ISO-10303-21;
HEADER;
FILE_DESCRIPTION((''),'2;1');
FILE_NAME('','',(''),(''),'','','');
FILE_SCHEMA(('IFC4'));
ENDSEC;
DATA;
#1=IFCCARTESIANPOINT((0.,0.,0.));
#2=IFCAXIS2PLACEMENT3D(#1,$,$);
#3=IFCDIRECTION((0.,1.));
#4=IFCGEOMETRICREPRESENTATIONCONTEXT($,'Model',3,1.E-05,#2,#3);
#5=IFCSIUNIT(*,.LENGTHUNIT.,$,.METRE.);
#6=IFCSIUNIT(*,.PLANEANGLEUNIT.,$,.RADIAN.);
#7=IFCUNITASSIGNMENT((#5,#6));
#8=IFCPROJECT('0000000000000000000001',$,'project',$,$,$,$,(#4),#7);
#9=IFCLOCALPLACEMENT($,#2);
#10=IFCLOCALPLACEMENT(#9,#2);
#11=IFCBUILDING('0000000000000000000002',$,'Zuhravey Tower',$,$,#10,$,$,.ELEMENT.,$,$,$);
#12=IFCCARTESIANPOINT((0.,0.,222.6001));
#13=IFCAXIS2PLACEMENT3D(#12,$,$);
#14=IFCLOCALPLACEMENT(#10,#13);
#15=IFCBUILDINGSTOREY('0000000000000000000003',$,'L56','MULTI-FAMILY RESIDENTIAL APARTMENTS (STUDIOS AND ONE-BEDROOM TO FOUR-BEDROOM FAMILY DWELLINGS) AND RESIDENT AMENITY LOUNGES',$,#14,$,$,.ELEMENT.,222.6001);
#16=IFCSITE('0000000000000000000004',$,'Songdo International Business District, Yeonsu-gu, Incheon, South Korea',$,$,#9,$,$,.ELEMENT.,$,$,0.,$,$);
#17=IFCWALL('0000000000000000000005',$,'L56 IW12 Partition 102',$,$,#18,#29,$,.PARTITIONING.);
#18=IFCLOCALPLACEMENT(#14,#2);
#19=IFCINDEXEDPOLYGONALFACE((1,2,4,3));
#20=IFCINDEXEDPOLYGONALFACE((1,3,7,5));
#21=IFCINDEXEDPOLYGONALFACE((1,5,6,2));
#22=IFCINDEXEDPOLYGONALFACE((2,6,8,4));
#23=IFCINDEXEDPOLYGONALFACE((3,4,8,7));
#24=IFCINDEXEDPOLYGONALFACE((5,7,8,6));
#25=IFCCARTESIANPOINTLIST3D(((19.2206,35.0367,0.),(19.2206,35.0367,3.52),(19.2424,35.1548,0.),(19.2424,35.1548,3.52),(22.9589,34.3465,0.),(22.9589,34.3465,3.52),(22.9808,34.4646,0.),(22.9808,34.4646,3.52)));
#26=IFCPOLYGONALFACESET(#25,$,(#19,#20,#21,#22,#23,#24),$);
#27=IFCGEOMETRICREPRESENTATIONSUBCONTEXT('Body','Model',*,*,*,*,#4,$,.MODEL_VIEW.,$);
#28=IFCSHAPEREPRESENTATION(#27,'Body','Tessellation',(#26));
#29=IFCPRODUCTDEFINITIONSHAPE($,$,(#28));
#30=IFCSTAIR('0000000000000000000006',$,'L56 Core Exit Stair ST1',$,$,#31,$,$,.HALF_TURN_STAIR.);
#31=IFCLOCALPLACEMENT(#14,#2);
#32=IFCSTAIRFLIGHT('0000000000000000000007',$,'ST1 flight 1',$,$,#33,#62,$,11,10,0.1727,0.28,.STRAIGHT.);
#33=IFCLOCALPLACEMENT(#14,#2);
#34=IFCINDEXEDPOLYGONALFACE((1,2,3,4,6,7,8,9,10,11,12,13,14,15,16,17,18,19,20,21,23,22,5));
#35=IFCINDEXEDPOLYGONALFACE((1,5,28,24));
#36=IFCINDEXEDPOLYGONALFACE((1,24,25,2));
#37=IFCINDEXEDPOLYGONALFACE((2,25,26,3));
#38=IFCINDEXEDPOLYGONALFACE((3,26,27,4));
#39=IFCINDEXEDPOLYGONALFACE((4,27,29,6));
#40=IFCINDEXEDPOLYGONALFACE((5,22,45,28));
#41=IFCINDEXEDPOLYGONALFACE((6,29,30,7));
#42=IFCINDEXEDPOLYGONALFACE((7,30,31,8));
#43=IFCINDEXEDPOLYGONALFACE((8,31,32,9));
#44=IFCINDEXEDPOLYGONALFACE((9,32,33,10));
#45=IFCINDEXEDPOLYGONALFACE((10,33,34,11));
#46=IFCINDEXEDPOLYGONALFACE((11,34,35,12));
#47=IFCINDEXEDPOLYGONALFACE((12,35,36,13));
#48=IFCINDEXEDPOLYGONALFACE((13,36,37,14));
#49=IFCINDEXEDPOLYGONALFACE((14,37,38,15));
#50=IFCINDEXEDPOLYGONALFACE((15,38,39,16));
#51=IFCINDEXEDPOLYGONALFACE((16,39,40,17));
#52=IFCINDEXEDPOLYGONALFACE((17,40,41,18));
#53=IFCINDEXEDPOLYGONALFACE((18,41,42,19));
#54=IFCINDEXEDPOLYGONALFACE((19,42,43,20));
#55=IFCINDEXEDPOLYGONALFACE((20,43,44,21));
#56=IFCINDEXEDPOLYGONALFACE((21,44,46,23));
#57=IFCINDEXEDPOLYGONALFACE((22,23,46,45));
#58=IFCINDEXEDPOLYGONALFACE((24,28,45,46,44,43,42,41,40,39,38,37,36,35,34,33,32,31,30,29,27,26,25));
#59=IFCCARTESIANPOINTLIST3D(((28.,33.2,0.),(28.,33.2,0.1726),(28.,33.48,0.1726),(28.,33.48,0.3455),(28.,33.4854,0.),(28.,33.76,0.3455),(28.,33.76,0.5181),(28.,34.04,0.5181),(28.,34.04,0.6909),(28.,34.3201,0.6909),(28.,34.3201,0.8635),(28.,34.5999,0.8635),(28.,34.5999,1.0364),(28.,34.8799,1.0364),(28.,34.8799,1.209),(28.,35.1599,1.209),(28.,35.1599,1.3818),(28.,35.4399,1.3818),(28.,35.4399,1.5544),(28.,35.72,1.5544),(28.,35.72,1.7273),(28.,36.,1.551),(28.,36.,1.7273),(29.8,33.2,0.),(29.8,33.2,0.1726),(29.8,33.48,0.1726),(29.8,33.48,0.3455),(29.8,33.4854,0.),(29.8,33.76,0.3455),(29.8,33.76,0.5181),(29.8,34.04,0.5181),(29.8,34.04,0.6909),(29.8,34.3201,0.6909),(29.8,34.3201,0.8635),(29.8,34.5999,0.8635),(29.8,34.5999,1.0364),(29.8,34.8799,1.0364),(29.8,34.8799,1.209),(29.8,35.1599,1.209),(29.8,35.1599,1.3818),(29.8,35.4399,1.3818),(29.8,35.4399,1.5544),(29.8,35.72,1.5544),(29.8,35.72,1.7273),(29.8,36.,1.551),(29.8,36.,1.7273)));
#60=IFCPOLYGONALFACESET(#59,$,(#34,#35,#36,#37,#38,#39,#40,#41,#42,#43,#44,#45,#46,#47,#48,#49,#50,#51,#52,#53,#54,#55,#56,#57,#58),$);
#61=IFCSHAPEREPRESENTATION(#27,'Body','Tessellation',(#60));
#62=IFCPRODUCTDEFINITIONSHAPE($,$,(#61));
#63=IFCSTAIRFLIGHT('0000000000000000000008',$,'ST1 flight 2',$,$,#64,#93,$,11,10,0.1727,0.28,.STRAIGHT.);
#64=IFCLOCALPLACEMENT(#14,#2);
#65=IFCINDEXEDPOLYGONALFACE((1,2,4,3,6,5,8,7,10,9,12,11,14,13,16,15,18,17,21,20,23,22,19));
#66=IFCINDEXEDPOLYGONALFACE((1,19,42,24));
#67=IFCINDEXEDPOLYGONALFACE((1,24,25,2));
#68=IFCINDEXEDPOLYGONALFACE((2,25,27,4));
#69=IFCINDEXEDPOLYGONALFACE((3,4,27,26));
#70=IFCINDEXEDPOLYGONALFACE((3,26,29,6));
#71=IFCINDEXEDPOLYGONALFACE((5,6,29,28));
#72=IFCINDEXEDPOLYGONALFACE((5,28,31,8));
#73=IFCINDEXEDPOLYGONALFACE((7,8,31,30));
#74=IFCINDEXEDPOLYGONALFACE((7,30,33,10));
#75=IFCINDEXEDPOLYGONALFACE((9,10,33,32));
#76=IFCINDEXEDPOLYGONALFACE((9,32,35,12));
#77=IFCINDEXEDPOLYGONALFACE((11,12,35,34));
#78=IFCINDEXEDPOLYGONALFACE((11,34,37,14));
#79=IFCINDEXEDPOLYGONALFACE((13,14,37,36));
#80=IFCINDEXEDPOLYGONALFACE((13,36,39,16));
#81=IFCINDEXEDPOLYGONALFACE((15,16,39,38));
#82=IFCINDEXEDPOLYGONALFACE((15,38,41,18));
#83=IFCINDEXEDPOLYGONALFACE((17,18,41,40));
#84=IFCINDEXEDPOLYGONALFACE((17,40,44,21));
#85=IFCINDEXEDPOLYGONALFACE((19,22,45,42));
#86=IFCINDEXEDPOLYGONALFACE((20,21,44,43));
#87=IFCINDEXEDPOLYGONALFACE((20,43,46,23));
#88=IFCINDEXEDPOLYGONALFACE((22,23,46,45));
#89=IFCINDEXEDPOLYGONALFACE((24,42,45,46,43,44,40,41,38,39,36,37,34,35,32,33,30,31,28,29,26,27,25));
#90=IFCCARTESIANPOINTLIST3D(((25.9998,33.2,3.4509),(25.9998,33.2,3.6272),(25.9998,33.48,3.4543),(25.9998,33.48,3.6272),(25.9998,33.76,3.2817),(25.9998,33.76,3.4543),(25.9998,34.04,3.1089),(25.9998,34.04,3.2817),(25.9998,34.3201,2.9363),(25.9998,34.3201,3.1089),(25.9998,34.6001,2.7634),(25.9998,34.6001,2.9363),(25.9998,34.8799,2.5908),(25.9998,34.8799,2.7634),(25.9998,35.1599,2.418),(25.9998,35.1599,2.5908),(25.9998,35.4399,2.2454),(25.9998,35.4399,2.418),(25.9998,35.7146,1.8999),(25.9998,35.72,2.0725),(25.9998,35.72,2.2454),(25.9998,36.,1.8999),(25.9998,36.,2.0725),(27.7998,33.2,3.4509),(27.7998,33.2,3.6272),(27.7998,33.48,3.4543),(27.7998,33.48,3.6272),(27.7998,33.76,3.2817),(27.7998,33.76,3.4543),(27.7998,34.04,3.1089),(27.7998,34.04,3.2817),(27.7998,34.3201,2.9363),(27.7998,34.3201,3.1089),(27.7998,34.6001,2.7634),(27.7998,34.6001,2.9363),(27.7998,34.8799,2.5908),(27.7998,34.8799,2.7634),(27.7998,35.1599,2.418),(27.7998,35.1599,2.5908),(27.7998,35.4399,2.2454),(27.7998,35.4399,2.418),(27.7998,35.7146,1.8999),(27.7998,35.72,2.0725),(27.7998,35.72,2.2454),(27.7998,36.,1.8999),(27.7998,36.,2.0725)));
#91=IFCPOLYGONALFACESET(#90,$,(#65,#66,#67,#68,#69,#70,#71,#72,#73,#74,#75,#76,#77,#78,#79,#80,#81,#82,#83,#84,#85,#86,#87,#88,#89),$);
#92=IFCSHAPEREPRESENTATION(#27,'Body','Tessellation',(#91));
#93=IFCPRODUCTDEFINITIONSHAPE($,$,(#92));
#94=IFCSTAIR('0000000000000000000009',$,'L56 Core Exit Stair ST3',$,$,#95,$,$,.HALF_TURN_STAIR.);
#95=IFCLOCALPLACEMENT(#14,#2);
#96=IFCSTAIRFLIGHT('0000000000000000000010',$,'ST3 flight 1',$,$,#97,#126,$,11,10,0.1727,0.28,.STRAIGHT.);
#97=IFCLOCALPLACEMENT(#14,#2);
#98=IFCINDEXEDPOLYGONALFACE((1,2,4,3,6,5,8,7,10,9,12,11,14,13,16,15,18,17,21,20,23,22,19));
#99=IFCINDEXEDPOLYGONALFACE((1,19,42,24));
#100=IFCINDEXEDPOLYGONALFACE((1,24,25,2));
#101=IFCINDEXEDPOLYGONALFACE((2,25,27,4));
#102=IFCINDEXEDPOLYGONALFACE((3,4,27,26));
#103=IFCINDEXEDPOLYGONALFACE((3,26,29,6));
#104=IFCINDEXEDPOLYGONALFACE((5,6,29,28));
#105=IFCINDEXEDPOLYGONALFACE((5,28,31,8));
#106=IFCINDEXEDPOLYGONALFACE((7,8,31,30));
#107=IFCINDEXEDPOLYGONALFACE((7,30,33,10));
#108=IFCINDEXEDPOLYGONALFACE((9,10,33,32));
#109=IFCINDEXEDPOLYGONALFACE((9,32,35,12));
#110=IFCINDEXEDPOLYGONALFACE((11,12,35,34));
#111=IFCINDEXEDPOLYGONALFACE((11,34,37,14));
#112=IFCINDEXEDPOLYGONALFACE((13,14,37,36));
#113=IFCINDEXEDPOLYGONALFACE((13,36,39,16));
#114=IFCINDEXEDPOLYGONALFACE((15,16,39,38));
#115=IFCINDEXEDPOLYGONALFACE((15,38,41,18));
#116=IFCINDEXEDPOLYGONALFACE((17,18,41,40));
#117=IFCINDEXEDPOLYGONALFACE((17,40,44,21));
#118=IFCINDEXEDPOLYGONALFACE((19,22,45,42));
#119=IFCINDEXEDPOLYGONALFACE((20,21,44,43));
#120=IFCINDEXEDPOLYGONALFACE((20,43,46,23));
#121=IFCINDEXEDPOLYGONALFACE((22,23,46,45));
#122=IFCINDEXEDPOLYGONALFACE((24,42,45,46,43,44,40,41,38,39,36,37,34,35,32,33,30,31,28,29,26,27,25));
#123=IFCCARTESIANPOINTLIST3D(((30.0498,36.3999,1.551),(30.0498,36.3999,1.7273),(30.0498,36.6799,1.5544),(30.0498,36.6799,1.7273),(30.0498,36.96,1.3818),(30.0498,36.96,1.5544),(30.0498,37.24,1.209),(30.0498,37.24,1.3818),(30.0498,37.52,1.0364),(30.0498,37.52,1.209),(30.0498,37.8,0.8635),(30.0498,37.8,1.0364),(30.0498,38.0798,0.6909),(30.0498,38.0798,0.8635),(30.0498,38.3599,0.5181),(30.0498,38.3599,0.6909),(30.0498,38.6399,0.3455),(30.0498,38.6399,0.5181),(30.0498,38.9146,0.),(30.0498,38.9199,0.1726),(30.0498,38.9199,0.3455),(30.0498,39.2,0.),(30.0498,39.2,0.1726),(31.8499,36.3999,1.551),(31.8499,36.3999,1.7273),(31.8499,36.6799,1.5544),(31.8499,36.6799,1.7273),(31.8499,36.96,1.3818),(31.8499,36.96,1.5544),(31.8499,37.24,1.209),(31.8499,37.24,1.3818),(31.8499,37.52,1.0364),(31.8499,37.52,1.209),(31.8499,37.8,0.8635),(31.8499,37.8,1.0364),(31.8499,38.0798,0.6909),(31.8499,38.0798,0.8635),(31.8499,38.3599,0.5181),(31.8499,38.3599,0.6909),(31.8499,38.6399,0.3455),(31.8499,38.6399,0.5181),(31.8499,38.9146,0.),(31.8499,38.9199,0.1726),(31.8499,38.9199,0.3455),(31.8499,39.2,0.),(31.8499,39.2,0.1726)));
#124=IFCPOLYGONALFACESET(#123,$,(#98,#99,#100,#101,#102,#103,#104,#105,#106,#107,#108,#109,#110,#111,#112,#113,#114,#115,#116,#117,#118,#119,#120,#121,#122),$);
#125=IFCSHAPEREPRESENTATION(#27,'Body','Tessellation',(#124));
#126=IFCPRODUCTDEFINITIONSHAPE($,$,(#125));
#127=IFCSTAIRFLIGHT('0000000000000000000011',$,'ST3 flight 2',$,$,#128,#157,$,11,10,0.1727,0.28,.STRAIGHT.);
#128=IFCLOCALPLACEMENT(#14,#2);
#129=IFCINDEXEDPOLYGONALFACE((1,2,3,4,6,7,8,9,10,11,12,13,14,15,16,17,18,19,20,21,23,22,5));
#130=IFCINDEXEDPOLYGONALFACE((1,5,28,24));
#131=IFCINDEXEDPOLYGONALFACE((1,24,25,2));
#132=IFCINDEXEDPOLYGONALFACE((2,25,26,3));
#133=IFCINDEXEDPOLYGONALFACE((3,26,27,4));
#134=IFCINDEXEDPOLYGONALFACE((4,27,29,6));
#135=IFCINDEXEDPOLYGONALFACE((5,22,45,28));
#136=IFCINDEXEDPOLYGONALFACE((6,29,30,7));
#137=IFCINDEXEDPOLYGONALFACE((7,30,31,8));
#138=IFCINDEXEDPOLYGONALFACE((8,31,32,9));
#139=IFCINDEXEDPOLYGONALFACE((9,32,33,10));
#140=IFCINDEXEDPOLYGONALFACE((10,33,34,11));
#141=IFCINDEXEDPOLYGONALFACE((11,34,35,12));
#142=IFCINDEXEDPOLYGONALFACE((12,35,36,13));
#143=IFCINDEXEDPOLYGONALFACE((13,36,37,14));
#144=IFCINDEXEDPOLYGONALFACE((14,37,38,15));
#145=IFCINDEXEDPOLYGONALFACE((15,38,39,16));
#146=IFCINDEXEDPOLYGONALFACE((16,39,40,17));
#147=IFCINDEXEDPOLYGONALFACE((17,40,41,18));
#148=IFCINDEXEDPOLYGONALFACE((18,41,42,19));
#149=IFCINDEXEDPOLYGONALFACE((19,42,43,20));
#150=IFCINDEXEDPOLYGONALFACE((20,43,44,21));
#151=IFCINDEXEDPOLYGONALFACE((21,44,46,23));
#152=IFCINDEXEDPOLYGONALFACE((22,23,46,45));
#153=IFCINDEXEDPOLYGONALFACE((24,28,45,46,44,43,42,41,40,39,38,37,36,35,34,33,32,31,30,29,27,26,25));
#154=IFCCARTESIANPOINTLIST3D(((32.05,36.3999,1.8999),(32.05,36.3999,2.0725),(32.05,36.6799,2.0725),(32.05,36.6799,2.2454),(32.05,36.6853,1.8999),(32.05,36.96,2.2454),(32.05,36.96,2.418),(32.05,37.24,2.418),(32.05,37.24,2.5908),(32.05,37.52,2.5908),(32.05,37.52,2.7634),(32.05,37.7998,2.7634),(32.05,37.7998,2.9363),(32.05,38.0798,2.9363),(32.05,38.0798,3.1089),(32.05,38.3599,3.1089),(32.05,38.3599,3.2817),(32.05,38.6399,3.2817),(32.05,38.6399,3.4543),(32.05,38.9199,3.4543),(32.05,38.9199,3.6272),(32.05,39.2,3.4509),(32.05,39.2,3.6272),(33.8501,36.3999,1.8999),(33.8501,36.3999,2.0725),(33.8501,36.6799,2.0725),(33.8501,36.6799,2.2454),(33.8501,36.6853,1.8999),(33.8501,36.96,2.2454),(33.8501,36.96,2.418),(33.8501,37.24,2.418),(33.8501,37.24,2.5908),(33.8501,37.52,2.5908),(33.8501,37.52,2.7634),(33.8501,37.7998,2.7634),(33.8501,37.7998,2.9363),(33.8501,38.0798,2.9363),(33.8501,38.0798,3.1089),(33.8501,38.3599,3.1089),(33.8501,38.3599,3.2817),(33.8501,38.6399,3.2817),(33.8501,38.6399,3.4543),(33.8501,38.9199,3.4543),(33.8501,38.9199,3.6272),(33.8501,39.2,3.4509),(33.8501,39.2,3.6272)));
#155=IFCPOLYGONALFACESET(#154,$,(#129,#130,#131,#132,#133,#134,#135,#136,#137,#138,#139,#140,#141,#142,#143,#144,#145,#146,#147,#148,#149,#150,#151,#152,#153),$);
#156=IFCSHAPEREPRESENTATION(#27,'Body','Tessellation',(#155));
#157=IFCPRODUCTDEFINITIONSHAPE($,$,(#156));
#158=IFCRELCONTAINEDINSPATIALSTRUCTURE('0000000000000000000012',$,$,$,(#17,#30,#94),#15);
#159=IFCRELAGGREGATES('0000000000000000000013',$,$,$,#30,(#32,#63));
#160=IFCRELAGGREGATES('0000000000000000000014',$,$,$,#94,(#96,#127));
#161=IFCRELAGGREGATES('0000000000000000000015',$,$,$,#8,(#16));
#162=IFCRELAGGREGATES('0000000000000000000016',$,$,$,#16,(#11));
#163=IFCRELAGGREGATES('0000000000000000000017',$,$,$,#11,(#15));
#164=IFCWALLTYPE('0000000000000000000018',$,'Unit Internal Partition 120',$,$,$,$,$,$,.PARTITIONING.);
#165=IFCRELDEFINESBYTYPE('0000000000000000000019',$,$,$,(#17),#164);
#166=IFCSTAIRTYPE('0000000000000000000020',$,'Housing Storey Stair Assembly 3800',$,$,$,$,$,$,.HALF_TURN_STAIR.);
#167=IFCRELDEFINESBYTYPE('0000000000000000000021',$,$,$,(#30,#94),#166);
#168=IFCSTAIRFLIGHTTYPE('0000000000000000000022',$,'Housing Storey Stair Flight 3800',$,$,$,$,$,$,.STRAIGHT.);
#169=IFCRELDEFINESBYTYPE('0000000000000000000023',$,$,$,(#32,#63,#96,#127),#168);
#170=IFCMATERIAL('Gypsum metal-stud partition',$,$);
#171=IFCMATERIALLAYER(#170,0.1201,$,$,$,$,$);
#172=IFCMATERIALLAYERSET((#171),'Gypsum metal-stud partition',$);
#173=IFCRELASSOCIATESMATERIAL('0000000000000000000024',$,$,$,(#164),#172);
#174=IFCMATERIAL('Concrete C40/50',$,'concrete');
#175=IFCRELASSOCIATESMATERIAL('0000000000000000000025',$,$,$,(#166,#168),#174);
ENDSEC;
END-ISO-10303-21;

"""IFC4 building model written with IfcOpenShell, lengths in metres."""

from ifc_helpers import new_model, si_unit, direction, frame, frame_2d, origin, place, context, subcontext, project, spatial, polyline, rectangle, outline, extrude, material, layer, layer_set, type_object, element, aggregate, save


model = new_model("IFC4")

# Units and contexts
model_context = context("Model", 3, precision=1e-05, world=origin(), true_north=direction((0.0, 1.0)))
body_context = subcontext(model_context, "Body", "Model", "MODEL_VIEW")
ifc_project = project(units=[si_unit("LENGTHUNIT", "METRE"), si_unit("PLANEANGLEUNIT", "RADIAN")], contexts=[model_context])

# Site, building, storey
site_placement = place(None, origin())
site = spatial("IfcSite", under=ifc_project, at=site_placement, Name="Songdo International Business District, Yeonsu-gu, Incheon, South Korea", CompositionType="ELEMENT", RefElevation=0.0)
building_placement = place(site_placement, origin())
building = spatial("IfcBuilding", under=site, at=building_placement, Name="Zuhravey Tower", CompositionType="ELEMENT")
storey_placement = place(building_placement, frame((0.0, 0.0, 222.6001)))
storey = spatial("IfcBuildingStorey", under=building, at=storey_placement, Name="L56", Description="MULTI-FAMILY RESIDENTIAL APARTMENTS (STUDIOS AND ONE-BEDROOM TO FOUR-BEDROOM FAMILY DWELLINGS) AND RESIDENT AMENITY LOUNGES", CompositionType="ELEMENT", Elevation=222.6001)

# Wall
ifc_material_1 = material(Name="Gypsum metal-stud partition")
ifc_layer_1 = layer(ifc_material_1, 0.1201)
ifc_layer_set_1 = layer_set([ifc_layer_1], Name="Gypsum metal-stud partition")
wall_type_1 = type_object("IfcWallType", Name="Unit Internal Partition 120", PredefinedType="PARTITIONING", material=ifc_layer_set_1)
wall_1_placement = place(storey_placement, frame((22.97, 34.4055, 0.0), z_axis=(0.0, 0.0, 1.0), x_axis=(-0.98338, 0.181558, 0.0)))
element("IfcWall", 1, at=wall_1_placement, inside=storey, type_object=wall_type_1, Name="L56 IW12 Partition 102", PredefinedType="PARTITIONING", context=body_context, shape_type="SweptSolid", body=[
    extrude(rectangle(XDim=3.8015, YDim=0.1201, at=frame_2d((1.9009, 0.0))), origin(), (0.0, 0.0, 1.0), 3.52),
])

# Stairs, stair flights
ifc_material_2 = material(Name="Concrete C40/50", Category="concrete")
stair_type = type_object("IfcStairType", Name="Housing Storey Stair Assembly 3800", PredefinedType="HALF_TURN_STAIR", material=ifc_material_2)
stair_1_placement = place(storey_placement, origin())
stair_1 = element("IfcStair", 2, at=stair_1_placement, inside=storey, type_object=stair_type, Name="L56 Core Exit Stair ST1", PredefinedType="HALF_TURN_STAIR")
stair_flight_type = type_object("IfcStairFlightType", Name="Housing Storey Stair Flight 3800", PredefinedType="STRAIGHT", material=ifc_material_2)
stair_flight_1_placement = place(storey_placement, frame((28.8999, 33.2, 0.0), z_axis=(0.0, 0.0, 1.0), x_axis=(0.0, 1.0, 0.0)))
stair_flight_1 = element("IfcStairFlight", 3, at=stair_flight_1_placement, type_object=stair_flight_type, Name="ST1 flight 1", NumberOfRisers=11, NumberOfTreads=10, PredefinedType="STRAIGHT", RiserHeight=0.1727, TreadLength=0.28, context=body_context, shape_type="SweptSolid", body=[
    extrude(outline(polyline([(0.0, 0.0), (0.0, 0.1726), (0.28, 0.1726), (0.28, 0.3455), (0.5601, 0.3455), (0.5601, 0.5181), (0.8401, 0.5181), (0.8401, 0.6909), (1.1201, 0.6909), (1.1201, 0.8635), (1.3999, 0.8635), (1.3999, 1.0364), (1.6799, 1.0364), (1.6799, 1.209), (1.96, 1.209), (1.96, 1.3818), (2.24, 1.3818), (2.24, 1.5544), (2.52, 1.5544), (2.52, 1.7273), (2.8, 1.7273), (2.8, 1.8999), (2.8, 1.551), (0.2854, 0.0), (0.0, 0.0)])), frame((0.0, 0.8999, 0.0), z_axis=(0.0, -1.0, 0.0), x_axis=(1.0, 0.0, 0.0)), (0.0, 0.0, 1.0), 1.8),
])
stair_flight_2_placement = place(storey_placement, frame((26.8999, 36.0, 1.8999), z_axis=(0.0, 0.0, 1.0), x_axis=(0.0, -1.0, 0.0)))
stair_flight_2 = element("IfcStairFlight", 4, at=stair_flight_2_placement, type_object=stair_flight_type, Name="ST1 flight 2", NumberOfRisers=11, NumberOfTreads=10, PredefinedType="STRAIGHT", RiserHeight=0.1727, TreadLength=0.28, context=body_context, shape_type="SweptSolid", body=[
    extrude(outline(polyline([(0.0, 0.0), (0.0, 0.1726), (0.28, 0.1726), (0.28, 0.3455), (0.5601, 0.3455), (0.5601, 0.5181), (0.8401, 0.5181), (0.8401, 0.6909), (1.1201, 0.6909), (1.1201, 0.8635), (1.3999, 0.8635), (1.3999, 1.0364), (1.6799, 1.0364), (1.6799, 1.209), (1.96, 1.209), (1.96, 1.3818), (2.24, 1.3818), (2.24, 1.5544), (2.52, 1.5544), (2.52, 1.7273), (2.8, 1.7273), (2.8, 1.8999), (2.8, 1.551), (0.2854, 0.0), (0.0, 0.0)])), frame((0.0, 0.8999, 0.0), z_axis=(0.0, -1.0, 0.0), x_axis=(1.0, 0.0, 0.0)), (0.0, 0.0, 1.0), 1.8),
])
aggregate(stair_1, [stair_flight_1, stair_flight_2])
stair_2_placement = place(storey_placement, origin())
stair_2 = element("IfcStair", 5, at=stair_2_placement, inside=storey, type_object=stair_type, Name="L56 Core Exit Stair ST3", PredefinedType="HALF_TURN_STAIR")
stair_flight_3_placement = place(storey_placement, frame((30.95, 39.2, 0.0), z_axis=(0.0, 0.0, 1.0), x_axis=(0.0, -1.0, 0.0)))
stair_flight_3 = element("IfcStairFlight", 6, at=stair_flight_3_placement, type_object=stair_flight_type, Name="ST3 flight 1", NumberOfRisers=11, NumberOfTreads=10, PredefinedType="STRAIGHT", RiserHeight=0.1727, TreadLength=0.28, context=body_context, shape_type="SweptSolid", body=[
    extrude(outline(polyline([(0.0, 0.0), (0.0, 0.1726), (0.28, 0.1726), (0.28, 0.3455), (0.5601, 0.3455), (0.5601, 0.5181), (0.8401, 0.5181), (0.8401, 0.6909), (1.1201, 0.6909), (1.1201, 0.8635), (1.3999, 0.8635), (1.3999, 1.0364), (1.6799, 1.0364), (1.6799, 1.209), (1.96, 1.209), (1.96, 1.3818), (2.24, 1.3818), (2.24, 1.5544), (2.52, 1.5544), (2.52, 1.7273), (2.8, 1.7273), (2.8, 1.8999), (2.8, 1.551), (0.2854, 0.0), (0.0, 0.0)])), frame((0.0, 0.8999, 0.0), z_axis=(0.0, -1.0, 0.0), x_axis=(1.0, 0.0, 0.0)), (0.0, 0.0, 1.0), 1.8),
])
stair_flight_4_placement = place(storey_placement, frame((32.95, 36.3999, 1.8999), z_axis=(0.0, 0.0, 1.0), x_axis=(0.0, 1.0, 0.0)))
stair_flight_4 = element("IfcStairFlight", 7, at=stair_flight_4_placement, type_object=stair_flight_type, Name="ST3 flight 2", NumberOfRisers=11, NumberOfTreads=10, PredefinedType="STRAIGHT", RiserHeight=0.1727, TreadLength=0.28, context=body_context, shape_type="SweptSolid", body=[
    extrude(outline(polyline([(0.0, 0.0), (0.0, 0.1726), (0.28, 0.1726), (0.28, 0.3455), (0.5601, 0.3455), (0.5601, 0.5181), (0.8401, 0.5181), (0.8401, 0.6909), (1.1201, 0.6909), (1.1201, 0.8635), (1.3999, 0.8635), (1.3999, 1.0364), (1.6799, 1.0364), (1.6799, 1.209), (1.96, 1.209), (1.96, 1.3818), (2.24, 1.3818), (2.24, 1.5544), (2.52, 1.5544), (2.52, 1.7273), (2.8, 1.7273), (2.8, 1.8999), (2.8, 1.551), (0.2854, 0.0), (0.0, 0.0)])), frame((0.0, 0.8999, 0.0), z_axis=(0.0, -1.0, 0.0), x_axis=(1.0, 0.0, 0.0)), (0.0, 0.0, 1.0), 1.8),
])
aggregate(stair_2, [stair_flight_3, stair_flight_4])

save(model, "model.ifc")
